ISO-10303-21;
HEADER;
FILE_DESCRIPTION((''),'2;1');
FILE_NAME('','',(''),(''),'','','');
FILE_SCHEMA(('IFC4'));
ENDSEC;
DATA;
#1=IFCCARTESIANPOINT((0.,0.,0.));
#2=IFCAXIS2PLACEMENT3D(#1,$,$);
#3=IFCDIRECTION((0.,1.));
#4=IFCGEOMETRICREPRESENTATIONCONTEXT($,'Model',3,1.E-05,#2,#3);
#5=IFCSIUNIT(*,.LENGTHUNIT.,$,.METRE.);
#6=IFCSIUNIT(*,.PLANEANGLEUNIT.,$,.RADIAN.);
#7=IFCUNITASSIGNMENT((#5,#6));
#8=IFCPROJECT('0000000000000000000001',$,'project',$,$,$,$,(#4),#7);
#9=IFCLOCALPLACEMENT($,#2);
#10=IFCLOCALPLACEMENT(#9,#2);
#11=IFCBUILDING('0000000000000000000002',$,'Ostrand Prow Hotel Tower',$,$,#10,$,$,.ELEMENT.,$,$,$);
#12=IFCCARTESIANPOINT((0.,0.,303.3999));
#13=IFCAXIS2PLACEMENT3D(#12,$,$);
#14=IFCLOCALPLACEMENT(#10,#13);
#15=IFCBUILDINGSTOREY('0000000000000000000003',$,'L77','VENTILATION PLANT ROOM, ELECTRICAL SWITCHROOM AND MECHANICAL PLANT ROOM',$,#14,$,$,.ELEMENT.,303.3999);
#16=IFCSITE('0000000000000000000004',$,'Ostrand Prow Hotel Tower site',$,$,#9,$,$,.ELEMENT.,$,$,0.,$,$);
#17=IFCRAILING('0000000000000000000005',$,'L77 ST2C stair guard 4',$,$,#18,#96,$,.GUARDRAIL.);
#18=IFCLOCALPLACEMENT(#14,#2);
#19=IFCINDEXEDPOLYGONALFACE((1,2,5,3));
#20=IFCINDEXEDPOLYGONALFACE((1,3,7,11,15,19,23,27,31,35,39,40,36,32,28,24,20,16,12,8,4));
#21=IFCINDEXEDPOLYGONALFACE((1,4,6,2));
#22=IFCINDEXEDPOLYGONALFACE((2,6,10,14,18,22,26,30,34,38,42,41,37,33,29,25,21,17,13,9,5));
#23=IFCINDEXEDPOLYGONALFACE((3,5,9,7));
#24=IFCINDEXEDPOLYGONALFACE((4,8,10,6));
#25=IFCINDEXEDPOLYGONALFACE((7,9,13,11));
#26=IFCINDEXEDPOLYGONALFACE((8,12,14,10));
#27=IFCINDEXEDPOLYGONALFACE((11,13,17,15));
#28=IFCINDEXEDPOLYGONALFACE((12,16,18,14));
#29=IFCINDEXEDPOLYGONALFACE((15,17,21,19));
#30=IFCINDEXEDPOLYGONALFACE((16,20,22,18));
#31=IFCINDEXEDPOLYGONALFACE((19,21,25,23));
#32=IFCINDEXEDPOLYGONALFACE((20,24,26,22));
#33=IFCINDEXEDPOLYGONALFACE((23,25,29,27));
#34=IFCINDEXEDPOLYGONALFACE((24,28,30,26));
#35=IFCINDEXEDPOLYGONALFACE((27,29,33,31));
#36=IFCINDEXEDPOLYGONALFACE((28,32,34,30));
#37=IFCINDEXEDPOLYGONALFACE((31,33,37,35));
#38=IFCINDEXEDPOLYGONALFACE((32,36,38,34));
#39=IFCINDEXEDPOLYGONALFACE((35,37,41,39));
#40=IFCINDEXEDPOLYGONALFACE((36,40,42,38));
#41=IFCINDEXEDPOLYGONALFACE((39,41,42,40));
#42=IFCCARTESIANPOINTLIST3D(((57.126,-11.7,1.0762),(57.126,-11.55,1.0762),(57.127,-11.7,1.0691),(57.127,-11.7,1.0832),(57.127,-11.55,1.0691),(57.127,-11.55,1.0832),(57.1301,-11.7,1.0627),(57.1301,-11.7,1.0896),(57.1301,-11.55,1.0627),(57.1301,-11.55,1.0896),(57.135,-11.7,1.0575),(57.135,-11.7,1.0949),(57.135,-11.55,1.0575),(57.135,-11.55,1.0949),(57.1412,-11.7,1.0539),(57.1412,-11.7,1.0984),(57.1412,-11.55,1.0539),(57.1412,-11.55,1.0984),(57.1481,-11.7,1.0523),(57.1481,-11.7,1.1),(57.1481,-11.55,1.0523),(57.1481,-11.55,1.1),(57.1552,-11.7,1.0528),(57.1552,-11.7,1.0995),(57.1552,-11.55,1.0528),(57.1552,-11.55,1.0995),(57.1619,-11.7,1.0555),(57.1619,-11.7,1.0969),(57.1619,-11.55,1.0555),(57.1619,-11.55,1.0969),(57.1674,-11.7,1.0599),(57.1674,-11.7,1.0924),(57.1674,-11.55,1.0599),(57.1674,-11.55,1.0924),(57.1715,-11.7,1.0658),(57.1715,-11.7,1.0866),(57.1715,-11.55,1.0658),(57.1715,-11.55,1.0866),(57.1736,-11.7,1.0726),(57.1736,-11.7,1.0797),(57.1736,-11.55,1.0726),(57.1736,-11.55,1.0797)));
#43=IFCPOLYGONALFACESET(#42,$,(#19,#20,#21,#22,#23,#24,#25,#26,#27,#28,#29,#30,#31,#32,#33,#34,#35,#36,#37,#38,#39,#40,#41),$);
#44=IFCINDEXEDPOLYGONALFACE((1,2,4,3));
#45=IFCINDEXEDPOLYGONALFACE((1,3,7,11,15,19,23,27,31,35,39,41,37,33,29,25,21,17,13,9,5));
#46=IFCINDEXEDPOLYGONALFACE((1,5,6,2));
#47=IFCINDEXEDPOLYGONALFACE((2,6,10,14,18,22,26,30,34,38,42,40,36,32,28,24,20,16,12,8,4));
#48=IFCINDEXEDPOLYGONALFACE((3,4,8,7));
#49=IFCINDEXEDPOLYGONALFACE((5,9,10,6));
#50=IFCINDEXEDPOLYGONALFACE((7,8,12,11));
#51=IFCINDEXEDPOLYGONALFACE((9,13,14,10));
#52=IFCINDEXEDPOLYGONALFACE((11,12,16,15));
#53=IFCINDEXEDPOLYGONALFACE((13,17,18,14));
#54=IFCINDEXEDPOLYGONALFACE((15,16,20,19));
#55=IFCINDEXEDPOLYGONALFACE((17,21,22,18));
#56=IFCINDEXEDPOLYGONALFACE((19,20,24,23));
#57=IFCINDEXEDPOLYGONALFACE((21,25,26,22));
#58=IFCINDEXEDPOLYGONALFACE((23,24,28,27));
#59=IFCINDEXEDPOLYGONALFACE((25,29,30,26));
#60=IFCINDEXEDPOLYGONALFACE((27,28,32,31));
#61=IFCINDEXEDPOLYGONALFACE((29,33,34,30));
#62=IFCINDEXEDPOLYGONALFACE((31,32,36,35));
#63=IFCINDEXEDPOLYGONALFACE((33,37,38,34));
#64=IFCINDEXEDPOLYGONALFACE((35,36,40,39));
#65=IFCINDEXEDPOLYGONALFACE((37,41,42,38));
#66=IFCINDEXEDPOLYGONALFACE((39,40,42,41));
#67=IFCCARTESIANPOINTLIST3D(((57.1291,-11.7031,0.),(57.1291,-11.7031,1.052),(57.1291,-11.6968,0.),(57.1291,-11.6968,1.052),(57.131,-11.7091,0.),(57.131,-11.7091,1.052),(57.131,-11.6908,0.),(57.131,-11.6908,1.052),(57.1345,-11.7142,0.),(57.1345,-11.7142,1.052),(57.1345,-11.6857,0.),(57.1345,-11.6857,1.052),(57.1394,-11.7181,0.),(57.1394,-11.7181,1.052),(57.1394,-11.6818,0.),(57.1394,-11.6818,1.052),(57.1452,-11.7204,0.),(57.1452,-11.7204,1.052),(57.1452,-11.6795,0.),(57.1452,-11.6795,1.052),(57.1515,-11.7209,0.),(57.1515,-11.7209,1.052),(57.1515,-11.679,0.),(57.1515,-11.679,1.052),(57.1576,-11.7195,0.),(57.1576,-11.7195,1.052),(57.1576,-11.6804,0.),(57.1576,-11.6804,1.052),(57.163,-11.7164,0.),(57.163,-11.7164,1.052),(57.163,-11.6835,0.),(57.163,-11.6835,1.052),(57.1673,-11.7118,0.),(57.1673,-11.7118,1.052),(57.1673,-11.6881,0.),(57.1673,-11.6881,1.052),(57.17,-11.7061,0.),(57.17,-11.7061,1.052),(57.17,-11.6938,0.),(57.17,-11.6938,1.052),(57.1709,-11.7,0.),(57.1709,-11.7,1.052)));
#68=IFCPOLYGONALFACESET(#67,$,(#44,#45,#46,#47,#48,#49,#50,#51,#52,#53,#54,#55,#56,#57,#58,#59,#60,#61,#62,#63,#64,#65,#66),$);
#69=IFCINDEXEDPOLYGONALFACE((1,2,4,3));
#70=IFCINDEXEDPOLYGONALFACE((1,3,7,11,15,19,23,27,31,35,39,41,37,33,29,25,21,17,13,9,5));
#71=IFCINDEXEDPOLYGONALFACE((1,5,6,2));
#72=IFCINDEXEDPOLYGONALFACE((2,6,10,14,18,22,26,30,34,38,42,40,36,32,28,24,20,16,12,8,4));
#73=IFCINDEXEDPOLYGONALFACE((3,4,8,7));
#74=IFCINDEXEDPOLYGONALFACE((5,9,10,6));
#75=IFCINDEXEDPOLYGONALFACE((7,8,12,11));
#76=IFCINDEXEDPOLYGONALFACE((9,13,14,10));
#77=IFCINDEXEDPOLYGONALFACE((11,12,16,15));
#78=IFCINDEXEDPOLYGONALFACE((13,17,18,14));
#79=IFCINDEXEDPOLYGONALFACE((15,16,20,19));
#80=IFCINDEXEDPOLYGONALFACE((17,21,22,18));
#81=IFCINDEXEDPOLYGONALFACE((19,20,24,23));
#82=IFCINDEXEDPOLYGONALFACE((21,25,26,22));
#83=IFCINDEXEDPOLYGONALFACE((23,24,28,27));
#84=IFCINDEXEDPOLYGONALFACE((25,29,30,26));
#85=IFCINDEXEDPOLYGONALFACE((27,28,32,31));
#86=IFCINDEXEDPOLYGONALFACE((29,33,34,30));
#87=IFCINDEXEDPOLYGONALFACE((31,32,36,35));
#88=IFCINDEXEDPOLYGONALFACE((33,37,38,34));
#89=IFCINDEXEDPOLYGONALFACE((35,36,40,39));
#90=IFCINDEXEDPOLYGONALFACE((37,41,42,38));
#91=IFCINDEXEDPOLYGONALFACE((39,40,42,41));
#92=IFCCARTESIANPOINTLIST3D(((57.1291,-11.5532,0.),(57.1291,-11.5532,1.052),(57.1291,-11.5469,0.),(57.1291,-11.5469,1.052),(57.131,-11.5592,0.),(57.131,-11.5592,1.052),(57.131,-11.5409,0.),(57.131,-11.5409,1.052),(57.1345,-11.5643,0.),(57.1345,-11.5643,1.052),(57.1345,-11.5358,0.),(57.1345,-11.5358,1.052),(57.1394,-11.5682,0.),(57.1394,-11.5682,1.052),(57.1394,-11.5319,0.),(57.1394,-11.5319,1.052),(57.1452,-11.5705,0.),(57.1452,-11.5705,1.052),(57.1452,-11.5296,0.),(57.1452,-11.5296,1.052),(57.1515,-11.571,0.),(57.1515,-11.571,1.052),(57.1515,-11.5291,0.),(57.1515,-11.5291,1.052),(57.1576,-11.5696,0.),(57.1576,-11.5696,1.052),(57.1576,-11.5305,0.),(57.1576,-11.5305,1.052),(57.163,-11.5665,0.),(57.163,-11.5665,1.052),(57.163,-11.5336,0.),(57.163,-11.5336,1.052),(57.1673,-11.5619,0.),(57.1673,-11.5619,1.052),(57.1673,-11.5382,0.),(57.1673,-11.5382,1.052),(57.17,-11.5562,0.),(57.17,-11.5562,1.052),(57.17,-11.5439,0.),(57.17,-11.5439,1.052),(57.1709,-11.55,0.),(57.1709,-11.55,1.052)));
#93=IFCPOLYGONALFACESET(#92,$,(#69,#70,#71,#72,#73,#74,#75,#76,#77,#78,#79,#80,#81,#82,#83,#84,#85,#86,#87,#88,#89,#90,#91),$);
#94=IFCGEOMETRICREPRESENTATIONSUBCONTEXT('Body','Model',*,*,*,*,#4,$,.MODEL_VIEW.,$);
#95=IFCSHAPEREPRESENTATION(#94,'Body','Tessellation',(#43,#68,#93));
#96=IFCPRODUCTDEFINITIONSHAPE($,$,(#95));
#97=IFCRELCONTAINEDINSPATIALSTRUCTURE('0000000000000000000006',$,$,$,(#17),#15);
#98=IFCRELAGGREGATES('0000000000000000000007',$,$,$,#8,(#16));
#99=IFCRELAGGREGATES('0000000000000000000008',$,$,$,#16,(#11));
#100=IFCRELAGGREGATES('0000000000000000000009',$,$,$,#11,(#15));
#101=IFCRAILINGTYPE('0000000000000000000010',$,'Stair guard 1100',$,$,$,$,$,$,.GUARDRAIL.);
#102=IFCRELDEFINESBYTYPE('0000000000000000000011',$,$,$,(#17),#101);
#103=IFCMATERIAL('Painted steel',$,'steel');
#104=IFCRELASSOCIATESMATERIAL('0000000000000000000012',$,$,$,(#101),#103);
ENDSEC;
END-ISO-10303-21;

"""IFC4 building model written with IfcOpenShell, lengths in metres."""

from ifc_helpers import new_model, si_unit, direction, frame, origin, origin_2d, place, context, subcontext, project, spatial, circle, extrude, material, type_object, element, save


model = new_model("IFC4")

# Units and contexts
model_context = context("Model", 3, precision=1e-05, world=origin(), true_north=direction((0.0, 1.0)))
body_context = subcontext(model_context, "Body", "Model", "MODEL_VIEW")
ifc_project = project(units=[si_unit("LENGTHUNIT", "METRE"), si_unit("PLANEANGLEUNIT", "RADIAN")], contexts=[model_context])

# Site, building, storey
site_placement = place(None, origin())
site = spatial("IfcSite", under=ifc_project, at=site_placement, Name="Ostrand Prow Hotel Tower site", CompositionType="ELEMENT", RefElevation=0.0)
building_placement = place(site_placement, origin())
building = spatial("IfcBuilding", under=site, at=building_placement, Name="Ostrand Prow Hotel Tower", CompositionType="ELEMENT")
storey_placement = place(building_placement, frame((0.0, 0.0, 303.3999)))
storey = spatial("IfcBuildingStorey", under=building, at=storey_placement, Name="L77", Description="VENTILATION PLANT ROOM, ELECTRICAL SWITCHROOM AND MECHANICAL PLANT ROOM", CompositionType="ELEMENT", Elevation=303.3999)

# Railing
ifc_material_1 = material(Name="Painted steel", Category="steel")
railing_type_1 = type_object("IfcRailingType", Name="Stair guard 1100", PredefinedType="GUARDRAIL", material=ifc_material_1)
railing_1_placement = place(storey_placement, frame((57.1499, -11.7, 0.0)))
element("IfcRailing", 1, at=railing_1_placement, inside=storey, type_object=railing_type_1, Name="L77 ST2C stair guard 4", PredefinedType="GUARDRAIL", context=body_context, shape_type="SweptSolid", body=[
    extrude(circle(Radius=0.0239, at=origin_2d()), frame((0.0, 0.0, 1.0762), z_axis=(0.0, 1.0, 0.0), x_axis=(-1.0, 0.0, 0.0)), (0.0, 0.0, 1.0), 0.1499),
    extrude(circle(Radius=0.021, at=origin_2d()), origin(), (0.0, 0.0, 1.0), 1.052),
    extrude(circle(Radius=0.021, at=origin_2d()), frame((0.0, 0.1499, 0.0)), (0.0, 0.0, 1.0), 1.052),
])

save(model, "model.ifc")
